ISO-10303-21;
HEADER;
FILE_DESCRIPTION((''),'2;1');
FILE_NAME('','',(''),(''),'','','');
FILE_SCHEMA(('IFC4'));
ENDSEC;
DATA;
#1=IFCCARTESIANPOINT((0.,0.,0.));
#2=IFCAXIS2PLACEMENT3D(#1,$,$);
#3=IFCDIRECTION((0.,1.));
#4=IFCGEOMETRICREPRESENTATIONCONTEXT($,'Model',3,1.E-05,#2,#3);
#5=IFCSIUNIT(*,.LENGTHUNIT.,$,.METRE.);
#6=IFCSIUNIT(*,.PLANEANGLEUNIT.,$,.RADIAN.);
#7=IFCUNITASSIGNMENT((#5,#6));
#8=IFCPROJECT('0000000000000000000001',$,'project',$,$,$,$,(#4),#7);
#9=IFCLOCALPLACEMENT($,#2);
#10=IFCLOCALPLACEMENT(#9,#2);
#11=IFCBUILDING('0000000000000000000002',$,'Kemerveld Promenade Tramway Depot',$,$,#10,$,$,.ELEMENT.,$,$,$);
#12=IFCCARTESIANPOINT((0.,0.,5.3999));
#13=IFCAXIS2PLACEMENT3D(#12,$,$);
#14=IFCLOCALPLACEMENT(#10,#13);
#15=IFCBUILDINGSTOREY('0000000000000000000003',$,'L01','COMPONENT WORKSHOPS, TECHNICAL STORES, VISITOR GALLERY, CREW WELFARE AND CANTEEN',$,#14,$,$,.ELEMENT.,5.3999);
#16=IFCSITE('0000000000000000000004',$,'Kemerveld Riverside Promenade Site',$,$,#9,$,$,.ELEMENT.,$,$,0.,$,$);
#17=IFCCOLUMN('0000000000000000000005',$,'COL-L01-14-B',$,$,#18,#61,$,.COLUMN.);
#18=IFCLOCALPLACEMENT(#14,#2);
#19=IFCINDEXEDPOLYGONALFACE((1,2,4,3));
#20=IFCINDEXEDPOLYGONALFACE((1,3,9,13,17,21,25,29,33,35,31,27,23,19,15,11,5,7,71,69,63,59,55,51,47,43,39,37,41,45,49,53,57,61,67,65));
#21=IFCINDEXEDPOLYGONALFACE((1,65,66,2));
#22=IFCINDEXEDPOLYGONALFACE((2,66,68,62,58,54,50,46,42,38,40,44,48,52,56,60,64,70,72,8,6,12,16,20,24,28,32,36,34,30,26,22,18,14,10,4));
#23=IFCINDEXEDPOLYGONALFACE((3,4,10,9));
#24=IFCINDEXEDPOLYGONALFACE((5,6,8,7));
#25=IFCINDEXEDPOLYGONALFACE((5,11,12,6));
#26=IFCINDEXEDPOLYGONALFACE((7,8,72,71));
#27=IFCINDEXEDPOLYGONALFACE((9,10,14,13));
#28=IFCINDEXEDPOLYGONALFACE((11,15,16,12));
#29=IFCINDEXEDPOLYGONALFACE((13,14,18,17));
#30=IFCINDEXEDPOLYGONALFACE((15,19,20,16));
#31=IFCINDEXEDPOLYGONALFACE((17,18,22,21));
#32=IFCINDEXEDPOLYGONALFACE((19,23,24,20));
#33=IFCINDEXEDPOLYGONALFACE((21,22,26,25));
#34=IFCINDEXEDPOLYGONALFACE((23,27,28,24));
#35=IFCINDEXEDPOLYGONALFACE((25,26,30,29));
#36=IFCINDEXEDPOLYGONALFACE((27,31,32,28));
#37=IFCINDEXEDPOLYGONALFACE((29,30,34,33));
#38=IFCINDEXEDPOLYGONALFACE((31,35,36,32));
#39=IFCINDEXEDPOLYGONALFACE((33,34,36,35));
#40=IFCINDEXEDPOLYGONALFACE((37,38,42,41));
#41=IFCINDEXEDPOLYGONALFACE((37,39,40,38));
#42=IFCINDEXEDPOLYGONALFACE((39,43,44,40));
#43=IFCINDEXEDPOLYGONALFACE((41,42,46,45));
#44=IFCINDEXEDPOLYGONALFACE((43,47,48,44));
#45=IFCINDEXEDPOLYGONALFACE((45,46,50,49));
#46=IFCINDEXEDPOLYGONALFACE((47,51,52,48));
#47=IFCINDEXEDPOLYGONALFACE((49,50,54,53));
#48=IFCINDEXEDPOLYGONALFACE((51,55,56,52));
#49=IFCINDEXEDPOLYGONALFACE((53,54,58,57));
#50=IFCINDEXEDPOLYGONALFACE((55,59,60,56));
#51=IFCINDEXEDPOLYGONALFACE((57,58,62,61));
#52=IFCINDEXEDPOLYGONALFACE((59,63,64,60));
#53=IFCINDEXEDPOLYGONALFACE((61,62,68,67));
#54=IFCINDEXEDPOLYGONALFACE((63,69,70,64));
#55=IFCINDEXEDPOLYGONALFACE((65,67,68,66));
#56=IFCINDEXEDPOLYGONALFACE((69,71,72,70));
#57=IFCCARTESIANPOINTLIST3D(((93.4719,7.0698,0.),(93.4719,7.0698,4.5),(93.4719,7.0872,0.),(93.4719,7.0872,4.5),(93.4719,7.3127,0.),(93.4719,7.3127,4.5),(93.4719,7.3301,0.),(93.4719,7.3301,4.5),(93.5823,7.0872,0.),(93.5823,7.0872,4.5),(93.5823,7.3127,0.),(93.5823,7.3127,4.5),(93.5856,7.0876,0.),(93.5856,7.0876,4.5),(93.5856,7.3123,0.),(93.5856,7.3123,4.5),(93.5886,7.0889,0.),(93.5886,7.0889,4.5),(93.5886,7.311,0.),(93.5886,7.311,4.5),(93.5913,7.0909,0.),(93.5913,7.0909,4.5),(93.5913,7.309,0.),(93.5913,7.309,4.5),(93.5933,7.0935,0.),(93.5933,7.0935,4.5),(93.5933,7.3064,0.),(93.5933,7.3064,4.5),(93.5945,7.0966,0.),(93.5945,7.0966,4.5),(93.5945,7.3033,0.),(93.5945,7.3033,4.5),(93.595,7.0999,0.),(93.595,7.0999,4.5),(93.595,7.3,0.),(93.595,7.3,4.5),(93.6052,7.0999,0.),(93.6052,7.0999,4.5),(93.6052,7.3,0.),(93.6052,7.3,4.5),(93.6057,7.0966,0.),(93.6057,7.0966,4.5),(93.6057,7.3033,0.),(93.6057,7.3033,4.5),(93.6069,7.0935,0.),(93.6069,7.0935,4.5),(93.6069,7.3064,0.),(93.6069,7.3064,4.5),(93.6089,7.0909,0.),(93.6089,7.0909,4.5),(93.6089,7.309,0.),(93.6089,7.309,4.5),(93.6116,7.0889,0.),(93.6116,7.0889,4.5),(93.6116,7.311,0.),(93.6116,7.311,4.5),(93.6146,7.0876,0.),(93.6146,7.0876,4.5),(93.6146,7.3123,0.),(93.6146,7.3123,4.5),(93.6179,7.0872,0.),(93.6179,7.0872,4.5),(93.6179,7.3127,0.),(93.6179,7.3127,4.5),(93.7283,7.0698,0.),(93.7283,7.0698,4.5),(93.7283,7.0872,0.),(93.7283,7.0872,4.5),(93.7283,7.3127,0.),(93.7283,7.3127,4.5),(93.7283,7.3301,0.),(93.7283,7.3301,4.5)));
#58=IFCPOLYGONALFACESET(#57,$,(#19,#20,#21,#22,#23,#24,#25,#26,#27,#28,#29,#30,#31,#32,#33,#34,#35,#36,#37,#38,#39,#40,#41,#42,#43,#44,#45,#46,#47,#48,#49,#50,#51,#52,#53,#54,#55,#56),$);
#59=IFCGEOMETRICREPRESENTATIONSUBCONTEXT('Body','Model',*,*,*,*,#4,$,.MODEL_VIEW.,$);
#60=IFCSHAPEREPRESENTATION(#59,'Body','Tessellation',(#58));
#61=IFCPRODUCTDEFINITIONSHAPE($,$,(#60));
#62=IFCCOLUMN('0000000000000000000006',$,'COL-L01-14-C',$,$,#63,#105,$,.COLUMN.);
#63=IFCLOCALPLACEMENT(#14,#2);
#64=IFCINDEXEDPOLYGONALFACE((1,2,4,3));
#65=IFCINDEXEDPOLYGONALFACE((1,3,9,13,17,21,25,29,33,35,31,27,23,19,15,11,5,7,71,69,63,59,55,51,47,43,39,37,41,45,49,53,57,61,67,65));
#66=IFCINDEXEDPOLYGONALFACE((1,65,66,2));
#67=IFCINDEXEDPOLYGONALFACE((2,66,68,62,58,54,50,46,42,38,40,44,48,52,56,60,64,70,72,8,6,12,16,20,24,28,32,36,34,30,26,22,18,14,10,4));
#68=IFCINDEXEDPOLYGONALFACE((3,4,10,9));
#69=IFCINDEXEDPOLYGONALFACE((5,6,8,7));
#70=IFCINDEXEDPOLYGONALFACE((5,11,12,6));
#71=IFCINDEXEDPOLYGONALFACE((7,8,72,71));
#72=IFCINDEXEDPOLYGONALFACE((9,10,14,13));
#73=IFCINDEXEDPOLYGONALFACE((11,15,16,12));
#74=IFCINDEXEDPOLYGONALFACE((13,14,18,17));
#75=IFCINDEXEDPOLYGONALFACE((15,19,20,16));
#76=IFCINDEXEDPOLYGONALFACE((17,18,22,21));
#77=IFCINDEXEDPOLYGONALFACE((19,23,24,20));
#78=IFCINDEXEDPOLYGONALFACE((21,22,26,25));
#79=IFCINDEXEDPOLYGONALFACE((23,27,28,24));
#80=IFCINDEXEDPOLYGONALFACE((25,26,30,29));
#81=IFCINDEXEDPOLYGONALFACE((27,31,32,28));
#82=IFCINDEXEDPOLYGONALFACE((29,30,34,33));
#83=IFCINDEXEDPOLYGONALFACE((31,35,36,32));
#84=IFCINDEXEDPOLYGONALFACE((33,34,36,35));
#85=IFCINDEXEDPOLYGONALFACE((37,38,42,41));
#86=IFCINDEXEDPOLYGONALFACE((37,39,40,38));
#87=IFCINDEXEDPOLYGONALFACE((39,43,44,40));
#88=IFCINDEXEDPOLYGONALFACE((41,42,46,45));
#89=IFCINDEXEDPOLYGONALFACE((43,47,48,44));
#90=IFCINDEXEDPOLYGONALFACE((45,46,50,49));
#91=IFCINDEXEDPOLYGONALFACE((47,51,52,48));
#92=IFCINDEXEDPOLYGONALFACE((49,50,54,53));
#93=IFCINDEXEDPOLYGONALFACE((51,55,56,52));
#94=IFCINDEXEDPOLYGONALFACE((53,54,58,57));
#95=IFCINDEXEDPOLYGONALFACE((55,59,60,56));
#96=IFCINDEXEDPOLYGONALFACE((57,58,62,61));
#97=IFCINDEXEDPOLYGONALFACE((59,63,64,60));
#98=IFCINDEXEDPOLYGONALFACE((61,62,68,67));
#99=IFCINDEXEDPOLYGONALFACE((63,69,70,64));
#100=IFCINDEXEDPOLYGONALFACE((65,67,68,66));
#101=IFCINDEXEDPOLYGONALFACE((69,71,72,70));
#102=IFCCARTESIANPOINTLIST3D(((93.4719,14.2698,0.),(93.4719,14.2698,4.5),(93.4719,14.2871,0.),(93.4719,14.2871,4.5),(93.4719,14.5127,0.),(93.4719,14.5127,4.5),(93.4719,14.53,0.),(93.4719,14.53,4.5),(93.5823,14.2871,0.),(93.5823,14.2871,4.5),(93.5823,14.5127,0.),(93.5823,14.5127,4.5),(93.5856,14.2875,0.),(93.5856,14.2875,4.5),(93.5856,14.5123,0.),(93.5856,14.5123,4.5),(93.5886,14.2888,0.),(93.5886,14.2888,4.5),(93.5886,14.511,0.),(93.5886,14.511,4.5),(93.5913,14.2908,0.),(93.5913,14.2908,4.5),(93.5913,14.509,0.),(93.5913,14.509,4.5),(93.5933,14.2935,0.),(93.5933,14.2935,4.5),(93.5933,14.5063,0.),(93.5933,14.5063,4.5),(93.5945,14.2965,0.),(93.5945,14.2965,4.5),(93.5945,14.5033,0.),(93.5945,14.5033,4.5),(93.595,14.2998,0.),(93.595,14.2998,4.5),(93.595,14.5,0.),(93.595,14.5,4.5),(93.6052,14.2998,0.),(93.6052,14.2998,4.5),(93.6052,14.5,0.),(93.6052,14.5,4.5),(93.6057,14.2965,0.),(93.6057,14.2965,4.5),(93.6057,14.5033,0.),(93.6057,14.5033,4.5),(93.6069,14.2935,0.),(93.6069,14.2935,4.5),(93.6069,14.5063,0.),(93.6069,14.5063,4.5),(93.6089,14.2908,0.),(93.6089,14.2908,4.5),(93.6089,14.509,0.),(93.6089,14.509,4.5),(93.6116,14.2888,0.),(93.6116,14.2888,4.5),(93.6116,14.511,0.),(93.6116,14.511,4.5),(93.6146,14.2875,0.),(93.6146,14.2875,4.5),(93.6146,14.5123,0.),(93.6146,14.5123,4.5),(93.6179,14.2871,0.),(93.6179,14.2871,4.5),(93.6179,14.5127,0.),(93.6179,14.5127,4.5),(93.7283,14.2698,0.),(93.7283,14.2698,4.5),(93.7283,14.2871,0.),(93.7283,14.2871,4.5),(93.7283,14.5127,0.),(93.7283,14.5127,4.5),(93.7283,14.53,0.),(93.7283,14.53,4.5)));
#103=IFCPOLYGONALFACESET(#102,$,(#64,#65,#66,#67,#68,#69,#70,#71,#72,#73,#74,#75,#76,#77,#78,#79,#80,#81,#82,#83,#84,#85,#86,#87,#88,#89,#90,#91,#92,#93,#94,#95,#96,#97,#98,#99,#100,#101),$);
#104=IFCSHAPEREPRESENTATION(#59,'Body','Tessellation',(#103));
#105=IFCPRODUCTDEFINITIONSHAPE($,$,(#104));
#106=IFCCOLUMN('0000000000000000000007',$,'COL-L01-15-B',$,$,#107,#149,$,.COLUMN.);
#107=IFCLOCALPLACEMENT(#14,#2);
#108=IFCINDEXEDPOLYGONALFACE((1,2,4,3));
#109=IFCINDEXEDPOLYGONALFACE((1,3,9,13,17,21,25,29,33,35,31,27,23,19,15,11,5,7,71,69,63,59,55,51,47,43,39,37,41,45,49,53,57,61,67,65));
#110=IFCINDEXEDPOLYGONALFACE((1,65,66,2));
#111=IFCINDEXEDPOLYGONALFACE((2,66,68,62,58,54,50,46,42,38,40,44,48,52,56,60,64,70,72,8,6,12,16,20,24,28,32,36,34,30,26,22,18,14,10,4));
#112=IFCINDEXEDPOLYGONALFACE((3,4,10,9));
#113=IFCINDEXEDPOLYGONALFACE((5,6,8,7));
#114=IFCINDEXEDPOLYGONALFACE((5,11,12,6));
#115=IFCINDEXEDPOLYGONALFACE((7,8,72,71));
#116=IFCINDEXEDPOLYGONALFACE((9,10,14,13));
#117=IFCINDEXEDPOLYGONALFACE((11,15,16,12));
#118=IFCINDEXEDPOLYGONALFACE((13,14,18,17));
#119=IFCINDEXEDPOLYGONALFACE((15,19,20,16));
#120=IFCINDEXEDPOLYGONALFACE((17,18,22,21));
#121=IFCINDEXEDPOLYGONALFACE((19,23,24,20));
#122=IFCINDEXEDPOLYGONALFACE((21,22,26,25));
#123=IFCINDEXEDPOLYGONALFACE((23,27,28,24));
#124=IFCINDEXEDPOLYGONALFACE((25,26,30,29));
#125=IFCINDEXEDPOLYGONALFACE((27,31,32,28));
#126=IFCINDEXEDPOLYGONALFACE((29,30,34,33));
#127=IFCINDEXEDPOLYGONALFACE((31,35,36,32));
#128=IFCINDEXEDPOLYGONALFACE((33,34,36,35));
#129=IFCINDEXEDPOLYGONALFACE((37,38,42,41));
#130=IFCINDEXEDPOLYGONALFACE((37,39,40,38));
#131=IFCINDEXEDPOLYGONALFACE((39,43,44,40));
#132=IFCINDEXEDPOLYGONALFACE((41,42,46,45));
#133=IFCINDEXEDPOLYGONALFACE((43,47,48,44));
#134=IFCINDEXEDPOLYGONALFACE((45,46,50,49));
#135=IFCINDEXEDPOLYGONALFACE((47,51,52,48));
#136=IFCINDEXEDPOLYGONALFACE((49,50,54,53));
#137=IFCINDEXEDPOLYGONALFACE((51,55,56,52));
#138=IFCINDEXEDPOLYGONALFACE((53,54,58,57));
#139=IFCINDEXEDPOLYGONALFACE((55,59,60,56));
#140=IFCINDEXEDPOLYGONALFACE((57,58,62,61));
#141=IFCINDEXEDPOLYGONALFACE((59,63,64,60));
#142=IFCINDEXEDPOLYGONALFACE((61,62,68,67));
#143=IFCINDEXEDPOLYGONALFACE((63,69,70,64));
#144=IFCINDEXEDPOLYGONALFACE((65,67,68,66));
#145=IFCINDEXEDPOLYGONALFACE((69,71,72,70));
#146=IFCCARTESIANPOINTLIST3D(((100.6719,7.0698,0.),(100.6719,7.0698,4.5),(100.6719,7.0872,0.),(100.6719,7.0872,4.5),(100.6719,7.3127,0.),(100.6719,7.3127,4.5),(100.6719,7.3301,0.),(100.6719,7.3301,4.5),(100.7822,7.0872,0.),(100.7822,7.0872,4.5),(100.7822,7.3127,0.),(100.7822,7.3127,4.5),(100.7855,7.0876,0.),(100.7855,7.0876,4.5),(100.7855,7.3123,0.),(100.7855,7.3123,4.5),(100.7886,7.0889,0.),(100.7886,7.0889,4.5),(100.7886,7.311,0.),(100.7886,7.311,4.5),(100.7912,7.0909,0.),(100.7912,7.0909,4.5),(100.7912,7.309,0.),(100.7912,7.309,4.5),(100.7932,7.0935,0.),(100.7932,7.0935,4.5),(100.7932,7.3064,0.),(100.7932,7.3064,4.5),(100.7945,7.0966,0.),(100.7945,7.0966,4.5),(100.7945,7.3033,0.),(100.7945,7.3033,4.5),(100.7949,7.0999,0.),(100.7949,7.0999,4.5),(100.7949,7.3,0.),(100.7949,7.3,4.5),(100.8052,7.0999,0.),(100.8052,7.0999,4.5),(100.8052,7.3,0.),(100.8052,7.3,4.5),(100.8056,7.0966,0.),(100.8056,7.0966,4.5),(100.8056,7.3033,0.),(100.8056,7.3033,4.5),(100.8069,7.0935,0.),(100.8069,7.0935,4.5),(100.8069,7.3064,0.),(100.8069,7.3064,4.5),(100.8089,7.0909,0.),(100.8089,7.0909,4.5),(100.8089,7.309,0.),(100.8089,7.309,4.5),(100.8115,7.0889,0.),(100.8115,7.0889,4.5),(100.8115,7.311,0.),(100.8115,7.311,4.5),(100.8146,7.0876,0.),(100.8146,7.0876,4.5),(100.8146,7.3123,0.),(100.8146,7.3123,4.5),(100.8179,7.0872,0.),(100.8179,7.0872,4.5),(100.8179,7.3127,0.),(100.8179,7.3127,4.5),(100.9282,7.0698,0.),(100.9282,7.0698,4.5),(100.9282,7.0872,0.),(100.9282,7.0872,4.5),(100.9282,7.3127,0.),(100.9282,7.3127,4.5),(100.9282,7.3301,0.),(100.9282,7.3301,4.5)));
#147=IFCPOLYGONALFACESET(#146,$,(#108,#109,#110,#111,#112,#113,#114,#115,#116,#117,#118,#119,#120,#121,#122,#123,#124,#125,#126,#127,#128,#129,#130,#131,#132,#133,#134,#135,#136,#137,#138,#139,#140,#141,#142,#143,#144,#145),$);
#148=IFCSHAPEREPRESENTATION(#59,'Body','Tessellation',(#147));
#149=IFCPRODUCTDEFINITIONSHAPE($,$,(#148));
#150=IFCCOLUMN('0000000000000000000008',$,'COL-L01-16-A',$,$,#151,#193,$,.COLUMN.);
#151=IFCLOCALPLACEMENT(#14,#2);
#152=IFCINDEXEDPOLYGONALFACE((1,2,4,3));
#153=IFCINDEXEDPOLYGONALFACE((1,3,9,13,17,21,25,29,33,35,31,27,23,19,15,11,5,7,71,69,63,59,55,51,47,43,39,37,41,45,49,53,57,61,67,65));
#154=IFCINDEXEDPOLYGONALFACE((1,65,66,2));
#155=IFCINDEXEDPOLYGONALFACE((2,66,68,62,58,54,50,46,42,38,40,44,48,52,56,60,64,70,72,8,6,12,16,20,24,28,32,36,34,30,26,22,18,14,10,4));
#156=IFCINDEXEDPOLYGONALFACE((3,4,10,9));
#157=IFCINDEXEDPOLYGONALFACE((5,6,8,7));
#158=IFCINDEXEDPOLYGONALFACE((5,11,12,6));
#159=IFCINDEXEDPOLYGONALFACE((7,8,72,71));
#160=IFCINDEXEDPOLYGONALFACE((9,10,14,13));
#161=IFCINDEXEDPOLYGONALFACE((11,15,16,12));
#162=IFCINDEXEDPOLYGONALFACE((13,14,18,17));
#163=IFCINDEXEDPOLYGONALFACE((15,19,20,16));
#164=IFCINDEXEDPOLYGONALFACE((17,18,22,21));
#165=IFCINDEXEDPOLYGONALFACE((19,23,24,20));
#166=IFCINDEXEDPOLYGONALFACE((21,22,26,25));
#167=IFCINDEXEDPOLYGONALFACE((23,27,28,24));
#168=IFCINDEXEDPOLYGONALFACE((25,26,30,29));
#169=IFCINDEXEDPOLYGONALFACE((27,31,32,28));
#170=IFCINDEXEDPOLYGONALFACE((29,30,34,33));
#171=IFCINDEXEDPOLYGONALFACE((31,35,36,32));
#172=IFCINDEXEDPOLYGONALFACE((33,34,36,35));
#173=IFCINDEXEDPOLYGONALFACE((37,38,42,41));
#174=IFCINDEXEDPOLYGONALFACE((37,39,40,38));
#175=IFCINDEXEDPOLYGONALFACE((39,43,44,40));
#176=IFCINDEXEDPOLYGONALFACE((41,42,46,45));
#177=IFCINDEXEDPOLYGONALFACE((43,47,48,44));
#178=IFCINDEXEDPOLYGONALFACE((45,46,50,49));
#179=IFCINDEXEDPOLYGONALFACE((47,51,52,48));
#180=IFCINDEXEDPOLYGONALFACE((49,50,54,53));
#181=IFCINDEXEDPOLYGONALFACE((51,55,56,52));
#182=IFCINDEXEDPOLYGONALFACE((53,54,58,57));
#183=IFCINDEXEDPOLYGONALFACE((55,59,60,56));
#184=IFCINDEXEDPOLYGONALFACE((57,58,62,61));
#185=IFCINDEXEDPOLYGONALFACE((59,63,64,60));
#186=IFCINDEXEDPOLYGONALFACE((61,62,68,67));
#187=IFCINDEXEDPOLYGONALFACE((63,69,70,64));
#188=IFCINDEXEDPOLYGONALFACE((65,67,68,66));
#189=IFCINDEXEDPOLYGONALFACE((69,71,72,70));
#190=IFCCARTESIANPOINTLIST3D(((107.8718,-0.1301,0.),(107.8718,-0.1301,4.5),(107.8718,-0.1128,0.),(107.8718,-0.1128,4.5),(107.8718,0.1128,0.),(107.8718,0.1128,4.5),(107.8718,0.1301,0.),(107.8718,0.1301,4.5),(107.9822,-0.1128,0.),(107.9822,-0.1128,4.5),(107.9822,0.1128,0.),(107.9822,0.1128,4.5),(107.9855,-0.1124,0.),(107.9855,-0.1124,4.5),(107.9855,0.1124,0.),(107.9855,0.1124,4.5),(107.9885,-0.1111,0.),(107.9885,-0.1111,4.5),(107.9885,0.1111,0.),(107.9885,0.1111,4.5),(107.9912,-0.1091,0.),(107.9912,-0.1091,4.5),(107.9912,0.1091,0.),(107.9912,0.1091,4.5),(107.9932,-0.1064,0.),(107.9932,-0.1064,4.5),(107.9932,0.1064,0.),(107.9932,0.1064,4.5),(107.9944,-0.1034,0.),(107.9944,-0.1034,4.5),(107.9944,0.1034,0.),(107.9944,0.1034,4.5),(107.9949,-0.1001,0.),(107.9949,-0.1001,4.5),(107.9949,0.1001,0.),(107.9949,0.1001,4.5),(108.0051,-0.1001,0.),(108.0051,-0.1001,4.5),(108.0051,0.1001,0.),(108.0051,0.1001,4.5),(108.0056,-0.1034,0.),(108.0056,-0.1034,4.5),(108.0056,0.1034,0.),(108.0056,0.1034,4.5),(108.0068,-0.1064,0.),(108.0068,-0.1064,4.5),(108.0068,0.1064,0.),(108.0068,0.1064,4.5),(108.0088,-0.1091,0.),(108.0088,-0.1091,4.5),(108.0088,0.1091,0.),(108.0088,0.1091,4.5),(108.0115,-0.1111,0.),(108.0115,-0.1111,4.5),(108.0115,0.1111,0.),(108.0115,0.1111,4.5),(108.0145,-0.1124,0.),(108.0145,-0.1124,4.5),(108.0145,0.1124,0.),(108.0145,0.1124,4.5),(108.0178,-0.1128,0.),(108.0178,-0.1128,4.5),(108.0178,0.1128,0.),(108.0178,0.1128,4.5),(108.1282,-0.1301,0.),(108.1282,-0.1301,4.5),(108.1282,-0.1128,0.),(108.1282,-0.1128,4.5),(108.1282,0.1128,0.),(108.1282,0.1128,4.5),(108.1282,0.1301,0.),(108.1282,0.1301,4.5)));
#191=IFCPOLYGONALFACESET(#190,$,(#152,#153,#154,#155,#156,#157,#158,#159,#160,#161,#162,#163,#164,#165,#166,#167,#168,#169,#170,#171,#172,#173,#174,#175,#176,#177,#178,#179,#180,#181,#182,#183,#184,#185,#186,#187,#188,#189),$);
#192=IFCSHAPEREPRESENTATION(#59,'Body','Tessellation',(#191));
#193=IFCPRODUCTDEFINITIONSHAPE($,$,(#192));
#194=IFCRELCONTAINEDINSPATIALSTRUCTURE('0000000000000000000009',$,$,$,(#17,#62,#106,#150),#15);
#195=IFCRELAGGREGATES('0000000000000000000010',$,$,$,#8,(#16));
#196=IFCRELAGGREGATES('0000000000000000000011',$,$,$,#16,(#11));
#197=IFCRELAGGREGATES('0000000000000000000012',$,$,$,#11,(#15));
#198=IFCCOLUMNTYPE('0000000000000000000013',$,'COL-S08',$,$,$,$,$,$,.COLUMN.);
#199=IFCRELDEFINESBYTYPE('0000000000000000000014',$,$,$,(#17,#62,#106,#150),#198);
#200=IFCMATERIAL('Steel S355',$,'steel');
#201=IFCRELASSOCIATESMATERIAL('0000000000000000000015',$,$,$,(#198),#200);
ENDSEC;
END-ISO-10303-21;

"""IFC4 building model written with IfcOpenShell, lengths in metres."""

from ifc_helpers import new_model, si_unit, direction, frame, origin, origin_2d, place, context, subcontext, project, spatial, i_section, extrude, material, material_profile, profile_set, type_object, element, save


model = new_model("IFC4")

# Units and contexts
model_context = context("Model", 3, precision=1e-05, world=origin(), true_north=direction((0.0, 1.0)))
body_context = subcontext(model_context, "Body", "Model", "MODEL_VIEW")
ifc_project = project(units=[si_unit("LENGTHUNIT", "METRE"), si_unit("PLANEANGLEUNIT", "RADIAN")], contexts=[model_context])

# Site, building, storey
site_placement = place(None, origin())
site = spatial("IfcSite", under=ifc_project, at=site_placement, Name="Kemerveld Riverside Promenade Site", CompositionType="ELEMENT", RefElevation=0.0)
building_placement = place(site_placement, origin())
building = spatial("IfcBuilding", under=site, at=building_placement, Name="Kemerveld Promenade Tramway Depot", CompositionType="ELEMENT")
storey_placement = place(building_placement, frame((0.0, 0.0, 5.3999)))
storey = spatial("IfcBuildingStorey", under=building, at=storey_placement, Name="L01", Description="COMPONENT WORKSHOPS, TECHNICAL STORES, VISITOR GALLERY, CREW WELFARE AND CANTEEN", CompositionType="ELEMENT", Elevation=5.3999)

# Columns
ifc_material_1 = material(Name="Steel S355", Category="steel")
ifc_material_profile_1 = material_profile(ifc_material_1, i_section(OverallWidth=0.2563, OverallDepth=0.2603, WebThickness=0.0103, FlangeThickness=0.0173, FilletRadius=0.0127, at=origin_2d()), Name="254x254x89 UC")
ifc_profile_set_1 = profile_set([ifc_material_profile_1], Name="Steel S355")
column_type = type_object("IfcColumnType", Name="COL-S08", PredefinedType="COLUMN", material=ifc_profile_set_1)
for number, where, z_axis, x_axis, name in (
    (1, (93.6001, 7.2, 0.0), (0.0, 0.0, 1.0), (1.0, 0.0, 0.0), "COL-L01-14-B"),
    (2, (93.6001, 14.3999, 0.0), (0.0, 0.0, 1.0), (1.0, 0.0, 0.0), "COL-L01-14-C"),
    (3, (100.8, 7.2, 0.0), (0.0, 0.0, 1.0), (1.0, 0.0, 0.0), "COL-L01-15-B"),
    (4, (108.0, 0.0, 0.0), (0.0, 0.0, 1.0), (1.0, 0.0, 0.0), "COL-L01-16-A"),
):
    element("IfcColumn", number, at=place(storey_placement, frame(where, z_axis=z_axis, x_axis=x_axis)), inside=storey, type_object=column_type, Name=name, PredefinedType="COLUMN", context=body_context, shape_type="SweptSolid", body=[
        extrude(i_section(OverallWidth=0.2563, OverallDepth=0.2603, WebThickness=0.0103, FlangeThickness=0.0173, FilletRadius=0.0127, at=origin_2d()), origin(), (0.0, 0.0, 1.0), 4.5),
    ])

save(model, "model.ifc")
